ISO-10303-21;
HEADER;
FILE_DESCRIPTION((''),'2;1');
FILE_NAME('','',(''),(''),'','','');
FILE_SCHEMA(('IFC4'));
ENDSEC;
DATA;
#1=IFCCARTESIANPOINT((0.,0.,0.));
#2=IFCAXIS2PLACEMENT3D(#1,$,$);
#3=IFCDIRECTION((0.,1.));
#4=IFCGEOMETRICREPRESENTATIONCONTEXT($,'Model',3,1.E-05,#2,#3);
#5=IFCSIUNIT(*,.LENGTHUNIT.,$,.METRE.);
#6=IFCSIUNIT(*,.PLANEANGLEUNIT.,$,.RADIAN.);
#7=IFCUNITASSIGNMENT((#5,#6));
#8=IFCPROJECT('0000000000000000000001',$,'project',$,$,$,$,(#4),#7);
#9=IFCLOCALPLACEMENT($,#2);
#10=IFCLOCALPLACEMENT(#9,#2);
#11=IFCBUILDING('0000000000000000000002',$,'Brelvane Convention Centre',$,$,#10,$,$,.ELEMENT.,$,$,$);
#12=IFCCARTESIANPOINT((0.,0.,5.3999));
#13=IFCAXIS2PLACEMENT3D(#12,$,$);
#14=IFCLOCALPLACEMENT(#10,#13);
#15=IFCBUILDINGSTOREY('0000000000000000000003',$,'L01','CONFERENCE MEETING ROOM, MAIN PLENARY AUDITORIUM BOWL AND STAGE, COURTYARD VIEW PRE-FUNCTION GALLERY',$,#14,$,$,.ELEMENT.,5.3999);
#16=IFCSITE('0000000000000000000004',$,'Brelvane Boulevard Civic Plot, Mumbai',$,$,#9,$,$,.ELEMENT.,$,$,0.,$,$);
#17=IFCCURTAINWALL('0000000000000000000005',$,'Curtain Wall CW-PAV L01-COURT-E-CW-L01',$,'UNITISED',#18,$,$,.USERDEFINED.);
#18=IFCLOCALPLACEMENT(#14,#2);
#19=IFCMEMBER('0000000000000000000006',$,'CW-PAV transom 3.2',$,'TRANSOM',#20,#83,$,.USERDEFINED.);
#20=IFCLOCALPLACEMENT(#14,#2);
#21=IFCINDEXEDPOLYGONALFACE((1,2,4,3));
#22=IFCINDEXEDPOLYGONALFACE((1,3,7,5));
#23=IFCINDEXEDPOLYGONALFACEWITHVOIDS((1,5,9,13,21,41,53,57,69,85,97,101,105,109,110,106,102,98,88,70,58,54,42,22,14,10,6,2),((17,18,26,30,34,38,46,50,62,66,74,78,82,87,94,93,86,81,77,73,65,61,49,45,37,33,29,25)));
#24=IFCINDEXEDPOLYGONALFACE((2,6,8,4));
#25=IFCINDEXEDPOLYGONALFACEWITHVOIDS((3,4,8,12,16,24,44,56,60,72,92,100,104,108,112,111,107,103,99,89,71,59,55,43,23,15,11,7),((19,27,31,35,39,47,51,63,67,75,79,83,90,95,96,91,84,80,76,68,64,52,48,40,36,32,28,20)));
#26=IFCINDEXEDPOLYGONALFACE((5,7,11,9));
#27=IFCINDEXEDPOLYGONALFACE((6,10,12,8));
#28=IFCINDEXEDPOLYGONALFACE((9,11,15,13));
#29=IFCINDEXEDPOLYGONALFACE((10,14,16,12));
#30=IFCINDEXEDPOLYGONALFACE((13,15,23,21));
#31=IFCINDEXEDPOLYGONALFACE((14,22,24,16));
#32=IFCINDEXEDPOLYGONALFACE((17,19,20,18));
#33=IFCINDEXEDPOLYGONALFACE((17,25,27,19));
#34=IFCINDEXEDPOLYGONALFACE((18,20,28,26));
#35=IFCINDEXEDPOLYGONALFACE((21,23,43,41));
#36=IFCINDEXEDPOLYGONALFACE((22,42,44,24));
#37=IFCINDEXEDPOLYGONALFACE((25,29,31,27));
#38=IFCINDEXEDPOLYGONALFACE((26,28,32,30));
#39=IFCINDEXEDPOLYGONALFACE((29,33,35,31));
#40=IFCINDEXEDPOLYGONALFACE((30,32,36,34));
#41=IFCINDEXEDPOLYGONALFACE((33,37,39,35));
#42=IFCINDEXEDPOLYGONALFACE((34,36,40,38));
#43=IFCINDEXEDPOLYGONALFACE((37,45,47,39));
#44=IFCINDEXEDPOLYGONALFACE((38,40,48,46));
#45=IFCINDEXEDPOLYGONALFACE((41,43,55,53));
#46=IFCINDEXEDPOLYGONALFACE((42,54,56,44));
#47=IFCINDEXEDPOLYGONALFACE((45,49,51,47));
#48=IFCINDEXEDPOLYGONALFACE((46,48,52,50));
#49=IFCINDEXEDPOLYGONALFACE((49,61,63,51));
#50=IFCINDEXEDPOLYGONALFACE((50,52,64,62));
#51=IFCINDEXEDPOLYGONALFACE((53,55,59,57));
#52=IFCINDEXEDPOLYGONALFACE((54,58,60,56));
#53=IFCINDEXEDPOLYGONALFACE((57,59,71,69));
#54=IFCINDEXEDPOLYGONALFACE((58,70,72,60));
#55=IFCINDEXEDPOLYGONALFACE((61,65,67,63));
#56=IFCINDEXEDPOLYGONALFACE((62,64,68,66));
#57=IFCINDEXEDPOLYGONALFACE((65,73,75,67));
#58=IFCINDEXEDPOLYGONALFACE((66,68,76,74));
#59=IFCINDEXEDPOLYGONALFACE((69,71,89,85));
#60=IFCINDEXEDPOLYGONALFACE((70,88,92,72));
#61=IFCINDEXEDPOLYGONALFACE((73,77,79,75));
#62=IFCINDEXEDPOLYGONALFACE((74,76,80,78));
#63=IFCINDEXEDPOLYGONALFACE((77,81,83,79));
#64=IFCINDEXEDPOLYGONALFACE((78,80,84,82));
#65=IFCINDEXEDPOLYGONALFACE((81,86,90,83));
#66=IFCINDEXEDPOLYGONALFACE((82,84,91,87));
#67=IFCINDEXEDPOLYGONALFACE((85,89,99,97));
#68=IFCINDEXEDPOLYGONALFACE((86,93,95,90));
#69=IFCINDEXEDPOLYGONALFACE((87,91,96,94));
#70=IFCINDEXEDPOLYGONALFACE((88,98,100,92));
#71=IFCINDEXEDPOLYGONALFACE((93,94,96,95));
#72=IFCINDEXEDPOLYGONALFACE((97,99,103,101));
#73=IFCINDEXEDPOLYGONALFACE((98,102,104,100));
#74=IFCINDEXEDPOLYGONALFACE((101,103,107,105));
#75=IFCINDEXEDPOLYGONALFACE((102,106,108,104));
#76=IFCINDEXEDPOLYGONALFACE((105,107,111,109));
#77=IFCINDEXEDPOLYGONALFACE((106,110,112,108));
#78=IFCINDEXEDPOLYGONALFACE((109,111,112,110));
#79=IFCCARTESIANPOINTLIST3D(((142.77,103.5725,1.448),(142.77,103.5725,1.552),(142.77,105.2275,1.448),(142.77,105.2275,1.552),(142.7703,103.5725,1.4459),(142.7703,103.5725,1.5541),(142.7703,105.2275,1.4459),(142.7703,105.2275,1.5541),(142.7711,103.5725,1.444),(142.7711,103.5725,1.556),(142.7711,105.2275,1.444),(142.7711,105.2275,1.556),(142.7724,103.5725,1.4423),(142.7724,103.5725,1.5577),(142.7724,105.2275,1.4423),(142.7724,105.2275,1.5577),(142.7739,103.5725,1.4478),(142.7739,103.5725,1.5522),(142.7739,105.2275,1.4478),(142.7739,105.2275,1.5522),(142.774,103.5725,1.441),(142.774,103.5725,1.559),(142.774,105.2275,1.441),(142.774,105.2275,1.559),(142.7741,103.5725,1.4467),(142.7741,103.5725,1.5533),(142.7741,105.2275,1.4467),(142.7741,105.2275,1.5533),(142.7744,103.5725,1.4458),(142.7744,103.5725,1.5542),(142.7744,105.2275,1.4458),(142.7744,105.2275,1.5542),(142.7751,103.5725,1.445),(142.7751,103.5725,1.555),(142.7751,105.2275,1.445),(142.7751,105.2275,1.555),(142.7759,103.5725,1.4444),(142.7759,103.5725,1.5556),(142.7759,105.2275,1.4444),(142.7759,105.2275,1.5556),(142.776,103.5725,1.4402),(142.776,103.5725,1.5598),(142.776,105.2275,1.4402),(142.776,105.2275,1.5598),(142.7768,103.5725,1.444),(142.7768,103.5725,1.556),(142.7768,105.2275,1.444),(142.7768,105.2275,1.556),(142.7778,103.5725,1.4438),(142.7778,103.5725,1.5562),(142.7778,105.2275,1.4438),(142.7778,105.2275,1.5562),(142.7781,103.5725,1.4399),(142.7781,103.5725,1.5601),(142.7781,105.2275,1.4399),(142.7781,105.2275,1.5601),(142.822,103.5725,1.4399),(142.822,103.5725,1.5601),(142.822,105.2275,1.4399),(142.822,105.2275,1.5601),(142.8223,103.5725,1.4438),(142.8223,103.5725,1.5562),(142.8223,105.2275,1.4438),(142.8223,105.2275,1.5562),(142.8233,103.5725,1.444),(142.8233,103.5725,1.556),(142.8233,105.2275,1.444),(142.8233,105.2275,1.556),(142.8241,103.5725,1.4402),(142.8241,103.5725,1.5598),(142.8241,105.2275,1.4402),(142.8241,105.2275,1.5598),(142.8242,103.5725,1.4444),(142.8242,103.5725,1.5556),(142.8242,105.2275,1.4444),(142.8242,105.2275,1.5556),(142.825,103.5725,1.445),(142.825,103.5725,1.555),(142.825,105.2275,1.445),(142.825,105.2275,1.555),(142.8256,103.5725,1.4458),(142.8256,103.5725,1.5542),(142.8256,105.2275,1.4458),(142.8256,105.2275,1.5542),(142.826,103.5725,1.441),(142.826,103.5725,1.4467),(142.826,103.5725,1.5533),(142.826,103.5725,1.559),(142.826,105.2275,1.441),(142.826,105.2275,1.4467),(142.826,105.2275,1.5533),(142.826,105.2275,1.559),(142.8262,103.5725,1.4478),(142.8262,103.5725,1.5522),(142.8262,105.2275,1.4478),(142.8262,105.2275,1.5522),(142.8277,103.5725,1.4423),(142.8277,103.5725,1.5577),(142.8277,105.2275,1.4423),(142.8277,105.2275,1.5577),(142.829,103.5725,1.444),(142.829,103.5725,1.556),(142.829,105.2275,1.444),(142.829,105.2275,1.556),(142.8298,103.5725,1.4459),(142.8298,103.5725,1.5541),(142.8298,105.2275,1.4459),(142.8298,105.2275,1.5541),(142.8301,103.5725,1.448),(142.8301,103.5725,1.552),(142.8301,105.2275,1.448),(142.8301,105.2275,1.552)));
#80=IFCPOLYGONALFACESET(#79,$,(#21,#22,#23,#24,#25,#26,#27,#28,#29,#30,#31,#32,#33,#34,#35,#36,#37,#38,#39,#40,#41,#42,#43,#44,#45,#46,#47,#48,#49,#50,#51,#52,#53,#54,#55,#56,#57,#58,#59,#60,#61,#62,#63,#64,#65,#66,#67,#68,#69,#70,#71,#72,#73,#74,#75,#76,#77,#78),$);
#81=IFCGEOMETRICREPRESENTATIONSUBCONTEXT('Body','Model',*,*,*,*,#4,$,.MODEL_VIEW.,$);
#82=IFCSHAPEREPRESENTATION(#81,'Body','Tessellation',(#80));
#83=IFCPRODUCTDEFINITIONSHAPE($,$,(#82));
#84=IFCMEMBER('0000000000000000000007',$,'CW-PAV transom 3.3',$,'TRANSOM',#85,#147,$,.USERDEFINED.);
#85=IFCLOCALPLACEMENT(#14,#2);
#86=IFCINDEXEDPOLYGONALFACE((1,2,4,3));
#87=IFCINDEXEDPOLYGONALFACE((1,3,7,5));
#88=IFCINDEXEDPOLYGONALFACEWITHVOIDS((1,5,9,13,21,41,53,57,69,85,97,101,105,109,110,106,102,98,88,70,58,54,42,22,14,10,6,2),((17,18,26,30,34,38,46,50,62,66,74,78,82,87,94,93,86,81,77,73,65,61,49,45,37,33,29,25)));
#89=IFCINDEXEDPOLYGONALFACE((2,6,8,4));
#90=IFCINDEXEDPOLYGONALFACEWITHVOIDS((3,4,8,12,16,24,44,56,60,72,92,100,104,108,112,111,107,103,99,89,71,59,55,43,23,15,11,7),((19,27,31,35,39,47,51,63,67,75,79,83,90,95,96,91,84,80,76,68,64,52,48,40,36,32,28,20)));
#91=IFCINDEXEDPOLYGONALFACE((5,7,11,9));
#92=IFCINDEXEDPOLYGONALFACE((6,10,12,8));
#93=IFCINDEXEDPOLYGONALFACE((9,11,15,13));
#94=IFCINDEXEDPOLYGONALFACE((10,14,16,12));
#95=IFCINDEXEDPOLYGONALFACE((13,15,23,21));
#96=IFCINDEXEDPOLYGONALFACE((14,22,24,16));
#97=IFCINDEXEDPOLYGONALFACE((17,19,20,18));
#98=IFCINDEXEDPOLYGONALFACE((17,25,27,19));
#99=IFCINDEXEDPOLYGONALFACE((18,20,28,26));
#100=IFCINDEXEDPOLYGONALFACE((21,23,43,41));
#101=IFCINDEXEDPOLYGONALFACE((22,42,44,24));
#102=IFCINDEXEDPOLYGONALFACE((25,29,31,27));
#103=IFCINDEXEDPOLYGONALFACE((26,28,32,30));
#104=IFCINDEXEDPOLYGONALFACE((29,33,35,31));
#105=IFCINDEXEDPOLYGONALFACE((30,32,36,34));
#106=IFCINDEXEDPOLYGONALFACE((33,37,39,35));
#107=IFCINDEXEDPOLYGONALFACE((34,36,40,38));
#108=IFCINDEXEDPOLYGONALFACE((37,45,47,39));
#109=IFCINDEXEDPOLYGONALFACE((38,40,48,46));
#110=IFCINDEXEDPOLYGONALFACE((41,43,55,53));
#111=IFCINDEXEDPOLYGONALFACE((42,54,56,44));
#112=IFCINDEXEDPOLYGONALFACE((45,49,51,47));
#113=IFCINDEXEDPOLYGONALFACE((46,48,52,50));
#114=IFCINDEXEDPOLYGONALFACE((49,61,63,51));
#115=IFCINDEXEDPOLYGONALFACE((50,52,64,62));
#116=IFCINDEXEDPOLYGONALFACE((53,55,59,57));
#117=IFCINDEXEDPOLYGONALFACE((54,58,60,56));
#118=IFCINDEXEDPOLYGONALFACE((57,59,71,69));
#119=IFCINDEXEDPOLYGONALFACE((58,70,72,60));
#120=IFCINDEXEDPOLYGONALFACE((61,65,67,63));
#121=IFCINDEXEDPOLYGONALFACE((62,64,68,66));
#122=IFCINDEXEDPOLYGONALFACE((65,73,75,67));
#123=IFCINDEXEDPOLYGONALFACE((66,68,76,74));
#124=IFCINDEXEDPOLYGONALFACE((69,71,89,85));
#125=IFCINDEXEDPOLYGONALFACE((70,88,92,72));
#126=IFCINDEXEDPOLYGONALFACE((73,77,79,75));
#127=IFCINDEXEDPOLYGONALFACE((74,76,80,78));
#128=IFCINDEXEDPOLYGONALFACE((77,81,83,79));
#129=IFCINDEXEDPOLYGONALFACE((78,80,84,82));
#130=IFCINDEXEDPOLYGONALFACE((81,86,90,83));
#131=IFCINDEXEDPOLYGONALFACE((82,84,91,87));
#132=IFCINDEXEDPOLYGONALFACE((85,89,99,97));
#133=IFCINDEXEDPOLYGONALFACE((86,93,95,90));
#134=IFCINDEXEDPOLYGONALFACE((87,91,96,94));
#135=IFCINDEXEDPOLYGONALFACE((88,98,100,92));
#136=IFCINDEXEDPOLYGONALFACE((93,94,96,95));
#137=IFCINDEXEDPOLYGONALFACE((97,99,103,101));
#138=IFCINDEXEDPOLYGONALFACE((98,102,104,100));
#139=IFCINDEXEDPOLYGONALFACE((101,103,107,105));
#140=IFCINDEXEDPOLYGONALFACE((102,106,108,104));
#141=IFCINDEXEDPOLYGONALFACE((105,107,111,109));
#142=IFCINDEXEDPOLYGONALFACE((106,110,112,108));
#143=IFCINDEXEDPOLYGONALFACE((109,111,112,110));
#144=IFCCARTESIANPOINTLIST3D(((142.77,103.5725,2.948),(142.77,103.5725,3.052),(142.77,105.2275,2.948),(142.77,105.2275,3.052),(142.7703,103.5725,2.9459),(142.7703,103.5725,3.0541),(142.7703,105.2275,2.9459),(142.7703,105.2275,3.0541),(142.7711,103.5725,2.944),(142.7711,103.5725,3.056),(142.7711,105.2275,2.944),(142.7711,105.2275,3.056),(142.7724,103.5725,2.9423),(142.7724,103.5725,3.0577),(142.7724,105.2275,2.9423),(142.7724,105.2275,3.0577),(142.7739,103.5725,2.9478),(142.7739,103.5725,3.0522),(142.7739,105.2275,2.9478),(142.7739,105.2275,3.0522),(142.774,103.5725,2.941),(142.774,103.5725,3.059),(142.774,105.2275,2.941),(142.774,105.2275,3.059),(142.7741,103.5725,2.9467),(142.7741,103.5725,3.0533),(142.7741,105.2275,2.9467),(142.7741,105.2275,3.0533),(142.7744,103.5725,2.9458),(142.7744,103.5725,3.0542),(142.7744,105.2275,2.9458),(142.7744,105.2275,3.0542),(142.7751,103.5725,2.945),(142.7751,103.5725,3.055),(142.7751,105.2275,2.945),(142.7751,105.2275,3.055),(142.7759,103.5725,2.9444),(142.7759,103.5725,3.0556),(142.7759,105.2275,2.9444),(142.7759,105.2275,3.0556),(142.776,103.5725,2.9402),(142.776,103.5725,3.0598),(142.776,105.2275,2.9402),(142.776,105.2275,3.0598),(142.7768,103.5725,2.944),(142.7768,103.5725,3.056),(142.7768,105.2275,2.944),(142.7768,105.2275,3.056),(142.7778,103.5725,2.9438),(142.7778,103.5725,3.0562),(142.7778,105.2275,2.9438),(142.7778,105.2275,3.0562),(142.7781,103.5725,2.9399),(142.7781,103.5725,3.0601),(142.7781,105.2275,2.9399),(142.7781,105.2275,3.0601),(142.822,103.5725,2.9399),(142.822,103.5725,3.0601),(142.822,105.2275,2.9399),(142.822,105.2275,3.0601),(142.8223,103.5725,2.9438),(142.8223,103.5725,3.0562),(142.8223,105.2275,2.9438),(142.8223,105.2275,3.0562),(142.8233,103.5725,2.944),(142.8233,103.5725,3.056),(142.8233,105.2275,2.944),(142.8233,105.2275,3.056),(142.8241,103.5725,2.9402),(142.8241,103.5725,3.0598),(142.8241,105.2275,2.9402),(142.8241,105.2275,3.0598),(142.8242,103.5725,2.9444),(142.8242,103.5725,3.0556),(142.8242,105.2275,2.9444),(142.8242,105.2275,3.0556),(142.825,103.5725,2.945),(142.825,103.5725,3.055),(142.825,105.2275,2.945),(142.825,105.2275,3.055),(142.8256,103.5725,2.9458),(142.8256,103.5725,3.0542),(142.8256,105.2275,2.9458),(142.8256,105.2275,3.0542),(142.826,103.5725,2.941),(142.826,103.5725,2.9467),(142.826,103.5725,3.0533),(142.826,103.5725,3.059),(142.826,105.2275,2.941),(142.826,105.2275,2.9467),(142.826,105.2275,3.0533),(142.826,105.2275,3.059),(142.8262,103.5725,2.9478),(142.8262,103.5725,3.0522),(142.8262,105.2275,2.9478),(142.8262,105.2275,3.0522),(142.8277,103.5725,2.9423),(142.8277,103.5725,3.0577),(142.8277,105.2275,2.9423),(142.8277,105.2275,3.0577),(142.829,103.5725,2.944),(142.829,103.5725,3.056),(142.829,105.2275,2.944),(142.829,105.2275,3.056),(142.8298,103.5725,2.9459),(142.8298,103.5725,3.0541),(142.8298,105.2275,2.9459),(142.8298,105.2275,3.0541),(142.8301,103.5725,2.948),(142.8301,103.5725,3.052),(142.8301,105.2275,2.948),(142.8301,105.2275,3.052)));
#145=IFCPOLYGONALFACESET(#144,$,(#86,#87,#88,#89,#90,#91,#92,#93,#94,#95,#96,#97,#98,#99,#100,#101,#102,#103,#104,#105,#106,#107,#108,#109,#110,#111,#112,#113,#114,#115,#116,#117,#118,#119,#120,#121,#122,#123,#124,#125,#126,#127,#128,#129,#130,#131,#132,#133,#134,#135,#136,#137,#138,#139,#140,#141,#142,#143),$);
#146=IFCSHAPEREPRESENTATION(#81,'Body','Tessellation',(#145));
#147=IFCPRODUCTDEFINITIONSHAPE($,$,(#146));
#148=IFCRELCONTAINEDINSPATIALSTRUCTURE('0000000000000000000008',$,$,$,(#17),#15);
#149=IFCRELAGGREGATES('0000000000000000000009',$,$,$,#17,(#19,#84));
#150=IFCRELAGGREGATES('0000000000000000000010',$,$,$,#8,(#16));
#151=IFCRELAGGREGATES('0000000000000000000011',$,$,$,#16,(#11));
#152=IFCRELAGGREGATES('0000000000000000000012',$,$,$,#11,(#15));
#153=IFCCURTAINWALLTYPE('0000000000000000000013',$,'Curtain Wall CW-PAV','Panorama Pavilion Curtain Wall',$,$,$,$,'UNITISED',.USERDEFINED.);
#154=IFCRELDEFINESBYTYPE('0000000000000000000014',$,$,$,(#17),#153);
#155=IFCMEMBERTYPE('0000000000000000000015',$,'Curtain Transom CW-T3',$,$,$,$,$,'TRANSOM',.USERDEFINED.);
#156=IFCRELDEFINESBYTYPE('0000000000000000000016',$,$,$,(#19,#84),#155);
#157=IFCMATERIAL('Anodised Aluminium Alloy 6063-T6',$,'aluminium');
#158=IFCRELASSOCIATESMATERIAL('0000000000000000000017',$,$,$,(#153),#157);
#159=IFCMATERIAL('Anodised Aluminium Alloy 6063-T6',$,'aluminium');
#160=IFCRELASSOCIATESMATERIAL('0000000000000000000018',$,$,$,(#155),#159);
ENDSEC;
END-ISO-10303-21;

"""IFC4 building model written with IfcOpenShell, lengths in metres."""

from ifc_helpers import new_model, si_unit, direction, frame, origin, origin_2d, place, context, subcontext, project, spatial, hollow_rectangle, extrude, material, material_profile, profile_set, type_object, element, aggregate, save


model = new_model("IFC4")

# Units and contexts
model_context = context("Model", 3, precision=1e-05, world=origin(), true_north=direction((0.0, 1.0)))
body_context = subcontext(model_context, "Body", "Model", "MODEL_VIEW")
ifc_project = project(units=[si_unit("LENGTHUNIT", "METRE"), si_unit("PLANEANGLEUNIT", "RADIAN")], contexts=[model_context])

# Site, building, storey
site_placement = place(None, origin())
site = spatial("IfcSite", under=ifc_project, at=site_placement, Name="Brelvane Boulevard Civic Plot, Mumbai", CompositionType="ELEMENT", RefElevation=0.0)
building_placement = place(site_placement, origin())
building = spatial("IfcBuilding", under=site, at=building_placement, Name="Brelvane Convention Centre", CompositionType="ELEMENT")
storey_placement = place(building_placement, frame((0.0, 0.0, 5.3999)))
storey = spatial("IfcBuildingStorey", under=building, at=storey_placement, Name="L01", Description="CONFERENCE MEETING ROOM, MAIN PLENARY AUDITORIUM BOWL AND STAGE, COURTYARD VIEW PRE-FUNCTION GALLERY", CompositionType="ELEMENT", Elevation=5.3999)

# Curtain wall, members
ifc_material_1 = material(Name="Anodised Aluminium Alloy 6063-T6", Category="aluminium")
curtain_wall_type = type_object("IfcCurtainWallType", Name="Curtain Wall CW-PAV", Description="Panorama Pavilion Curtain Wall", ElementType="UNITISED", PredefinedType="USERDEFINED", material=ifc_material_1)
curtain_wall_placement = place(storey_placement, origin())
curtain_wall = element("IfcCurtainWall", 1, at=curtain_wall_placement, inside=storey, type_object=curtain_wall_type, Name="Curtain Wall CW-PAV L01-COURT-E-CW-L01", ObjectType="UNITISED", PredefinedType="USERDEFINED")
ifc_material_2 = material(Name="Anodised Aluminium Alloy 6063-T6", Category="aluminium")
ifc_material_profile_1 = material_profile(ifc_material_2, hollow_rectangle(XDim=0.0601, YDim=0.1201, WallThickness=0.0039, InnerFilletRadius=0.0039, OuterFilletRadius=0.0081, at=origin_2d()), Name="ALU-T 120x60x4.0")
ifc_profile_set_1 = profile_set([ifc_material_profile_1], Name="Anodised Aluminium Alloy 6063-T6")
member_type_1 = type_object("IfcMemberType", Name="Curtain Transom CW-T3", ElementType="TRANSOM", PredefinedType="USERDEFINED", material=ifc_profile_set_1)
member_1_placement = place(storey_placement, frame((142.8, 103.5725, 1.5), z_axis=(0.0, 1.0, 0.0), x_axis=(-1.0, 0.0, 0.0)))
member_1 = element("IfcMember", 2, at=member_1_placement, type_object=member_type_1, Name="CW-PAV transom 3.2", ObjectType="TRANSOM", PredefinedType="USERDEFINED", context=body_context, shape_type="SweptSolid", body=[
    extrude(hollow_rectangle(XDim=0.0601, YDim=0.1201, WallThickness=0.0039, InnerFilletRadius=0.0039, OuterFilletRadius=0.0081, at=origin_2d()), origin(), (0.0, 0.0, 1.0), 1.655),
])
member_2_placement = place(storey_placement, frame((142.8, 103.5725, 3.0), z_axis=(0.0, 1.0, 0.0), x_axis=(-1.0, 0.0, 0.0)))
member_2 = element("IfcMember", 3, at=member_2_placement, type_object=member_type_1, Name="CW-PAV transom 3.3", ObjectType="TRANSOM", PredefinedType="USERDEFINED", context=body_context, shape_type="SweptSolid", body=[
    extrude(hollow_rectangle(XDim=0.0601, YDim=0.1201, WallThickness=0.0039, InnerFilletRadius=0.0039, OuterFilletRadius=0.0081, at=origin_2d()), origin(), (0.0, 0.0, 1.0), 1.655),
])

aggregate(curtain_wall, [member_1, member_2])

save(model, "model.ifc")
